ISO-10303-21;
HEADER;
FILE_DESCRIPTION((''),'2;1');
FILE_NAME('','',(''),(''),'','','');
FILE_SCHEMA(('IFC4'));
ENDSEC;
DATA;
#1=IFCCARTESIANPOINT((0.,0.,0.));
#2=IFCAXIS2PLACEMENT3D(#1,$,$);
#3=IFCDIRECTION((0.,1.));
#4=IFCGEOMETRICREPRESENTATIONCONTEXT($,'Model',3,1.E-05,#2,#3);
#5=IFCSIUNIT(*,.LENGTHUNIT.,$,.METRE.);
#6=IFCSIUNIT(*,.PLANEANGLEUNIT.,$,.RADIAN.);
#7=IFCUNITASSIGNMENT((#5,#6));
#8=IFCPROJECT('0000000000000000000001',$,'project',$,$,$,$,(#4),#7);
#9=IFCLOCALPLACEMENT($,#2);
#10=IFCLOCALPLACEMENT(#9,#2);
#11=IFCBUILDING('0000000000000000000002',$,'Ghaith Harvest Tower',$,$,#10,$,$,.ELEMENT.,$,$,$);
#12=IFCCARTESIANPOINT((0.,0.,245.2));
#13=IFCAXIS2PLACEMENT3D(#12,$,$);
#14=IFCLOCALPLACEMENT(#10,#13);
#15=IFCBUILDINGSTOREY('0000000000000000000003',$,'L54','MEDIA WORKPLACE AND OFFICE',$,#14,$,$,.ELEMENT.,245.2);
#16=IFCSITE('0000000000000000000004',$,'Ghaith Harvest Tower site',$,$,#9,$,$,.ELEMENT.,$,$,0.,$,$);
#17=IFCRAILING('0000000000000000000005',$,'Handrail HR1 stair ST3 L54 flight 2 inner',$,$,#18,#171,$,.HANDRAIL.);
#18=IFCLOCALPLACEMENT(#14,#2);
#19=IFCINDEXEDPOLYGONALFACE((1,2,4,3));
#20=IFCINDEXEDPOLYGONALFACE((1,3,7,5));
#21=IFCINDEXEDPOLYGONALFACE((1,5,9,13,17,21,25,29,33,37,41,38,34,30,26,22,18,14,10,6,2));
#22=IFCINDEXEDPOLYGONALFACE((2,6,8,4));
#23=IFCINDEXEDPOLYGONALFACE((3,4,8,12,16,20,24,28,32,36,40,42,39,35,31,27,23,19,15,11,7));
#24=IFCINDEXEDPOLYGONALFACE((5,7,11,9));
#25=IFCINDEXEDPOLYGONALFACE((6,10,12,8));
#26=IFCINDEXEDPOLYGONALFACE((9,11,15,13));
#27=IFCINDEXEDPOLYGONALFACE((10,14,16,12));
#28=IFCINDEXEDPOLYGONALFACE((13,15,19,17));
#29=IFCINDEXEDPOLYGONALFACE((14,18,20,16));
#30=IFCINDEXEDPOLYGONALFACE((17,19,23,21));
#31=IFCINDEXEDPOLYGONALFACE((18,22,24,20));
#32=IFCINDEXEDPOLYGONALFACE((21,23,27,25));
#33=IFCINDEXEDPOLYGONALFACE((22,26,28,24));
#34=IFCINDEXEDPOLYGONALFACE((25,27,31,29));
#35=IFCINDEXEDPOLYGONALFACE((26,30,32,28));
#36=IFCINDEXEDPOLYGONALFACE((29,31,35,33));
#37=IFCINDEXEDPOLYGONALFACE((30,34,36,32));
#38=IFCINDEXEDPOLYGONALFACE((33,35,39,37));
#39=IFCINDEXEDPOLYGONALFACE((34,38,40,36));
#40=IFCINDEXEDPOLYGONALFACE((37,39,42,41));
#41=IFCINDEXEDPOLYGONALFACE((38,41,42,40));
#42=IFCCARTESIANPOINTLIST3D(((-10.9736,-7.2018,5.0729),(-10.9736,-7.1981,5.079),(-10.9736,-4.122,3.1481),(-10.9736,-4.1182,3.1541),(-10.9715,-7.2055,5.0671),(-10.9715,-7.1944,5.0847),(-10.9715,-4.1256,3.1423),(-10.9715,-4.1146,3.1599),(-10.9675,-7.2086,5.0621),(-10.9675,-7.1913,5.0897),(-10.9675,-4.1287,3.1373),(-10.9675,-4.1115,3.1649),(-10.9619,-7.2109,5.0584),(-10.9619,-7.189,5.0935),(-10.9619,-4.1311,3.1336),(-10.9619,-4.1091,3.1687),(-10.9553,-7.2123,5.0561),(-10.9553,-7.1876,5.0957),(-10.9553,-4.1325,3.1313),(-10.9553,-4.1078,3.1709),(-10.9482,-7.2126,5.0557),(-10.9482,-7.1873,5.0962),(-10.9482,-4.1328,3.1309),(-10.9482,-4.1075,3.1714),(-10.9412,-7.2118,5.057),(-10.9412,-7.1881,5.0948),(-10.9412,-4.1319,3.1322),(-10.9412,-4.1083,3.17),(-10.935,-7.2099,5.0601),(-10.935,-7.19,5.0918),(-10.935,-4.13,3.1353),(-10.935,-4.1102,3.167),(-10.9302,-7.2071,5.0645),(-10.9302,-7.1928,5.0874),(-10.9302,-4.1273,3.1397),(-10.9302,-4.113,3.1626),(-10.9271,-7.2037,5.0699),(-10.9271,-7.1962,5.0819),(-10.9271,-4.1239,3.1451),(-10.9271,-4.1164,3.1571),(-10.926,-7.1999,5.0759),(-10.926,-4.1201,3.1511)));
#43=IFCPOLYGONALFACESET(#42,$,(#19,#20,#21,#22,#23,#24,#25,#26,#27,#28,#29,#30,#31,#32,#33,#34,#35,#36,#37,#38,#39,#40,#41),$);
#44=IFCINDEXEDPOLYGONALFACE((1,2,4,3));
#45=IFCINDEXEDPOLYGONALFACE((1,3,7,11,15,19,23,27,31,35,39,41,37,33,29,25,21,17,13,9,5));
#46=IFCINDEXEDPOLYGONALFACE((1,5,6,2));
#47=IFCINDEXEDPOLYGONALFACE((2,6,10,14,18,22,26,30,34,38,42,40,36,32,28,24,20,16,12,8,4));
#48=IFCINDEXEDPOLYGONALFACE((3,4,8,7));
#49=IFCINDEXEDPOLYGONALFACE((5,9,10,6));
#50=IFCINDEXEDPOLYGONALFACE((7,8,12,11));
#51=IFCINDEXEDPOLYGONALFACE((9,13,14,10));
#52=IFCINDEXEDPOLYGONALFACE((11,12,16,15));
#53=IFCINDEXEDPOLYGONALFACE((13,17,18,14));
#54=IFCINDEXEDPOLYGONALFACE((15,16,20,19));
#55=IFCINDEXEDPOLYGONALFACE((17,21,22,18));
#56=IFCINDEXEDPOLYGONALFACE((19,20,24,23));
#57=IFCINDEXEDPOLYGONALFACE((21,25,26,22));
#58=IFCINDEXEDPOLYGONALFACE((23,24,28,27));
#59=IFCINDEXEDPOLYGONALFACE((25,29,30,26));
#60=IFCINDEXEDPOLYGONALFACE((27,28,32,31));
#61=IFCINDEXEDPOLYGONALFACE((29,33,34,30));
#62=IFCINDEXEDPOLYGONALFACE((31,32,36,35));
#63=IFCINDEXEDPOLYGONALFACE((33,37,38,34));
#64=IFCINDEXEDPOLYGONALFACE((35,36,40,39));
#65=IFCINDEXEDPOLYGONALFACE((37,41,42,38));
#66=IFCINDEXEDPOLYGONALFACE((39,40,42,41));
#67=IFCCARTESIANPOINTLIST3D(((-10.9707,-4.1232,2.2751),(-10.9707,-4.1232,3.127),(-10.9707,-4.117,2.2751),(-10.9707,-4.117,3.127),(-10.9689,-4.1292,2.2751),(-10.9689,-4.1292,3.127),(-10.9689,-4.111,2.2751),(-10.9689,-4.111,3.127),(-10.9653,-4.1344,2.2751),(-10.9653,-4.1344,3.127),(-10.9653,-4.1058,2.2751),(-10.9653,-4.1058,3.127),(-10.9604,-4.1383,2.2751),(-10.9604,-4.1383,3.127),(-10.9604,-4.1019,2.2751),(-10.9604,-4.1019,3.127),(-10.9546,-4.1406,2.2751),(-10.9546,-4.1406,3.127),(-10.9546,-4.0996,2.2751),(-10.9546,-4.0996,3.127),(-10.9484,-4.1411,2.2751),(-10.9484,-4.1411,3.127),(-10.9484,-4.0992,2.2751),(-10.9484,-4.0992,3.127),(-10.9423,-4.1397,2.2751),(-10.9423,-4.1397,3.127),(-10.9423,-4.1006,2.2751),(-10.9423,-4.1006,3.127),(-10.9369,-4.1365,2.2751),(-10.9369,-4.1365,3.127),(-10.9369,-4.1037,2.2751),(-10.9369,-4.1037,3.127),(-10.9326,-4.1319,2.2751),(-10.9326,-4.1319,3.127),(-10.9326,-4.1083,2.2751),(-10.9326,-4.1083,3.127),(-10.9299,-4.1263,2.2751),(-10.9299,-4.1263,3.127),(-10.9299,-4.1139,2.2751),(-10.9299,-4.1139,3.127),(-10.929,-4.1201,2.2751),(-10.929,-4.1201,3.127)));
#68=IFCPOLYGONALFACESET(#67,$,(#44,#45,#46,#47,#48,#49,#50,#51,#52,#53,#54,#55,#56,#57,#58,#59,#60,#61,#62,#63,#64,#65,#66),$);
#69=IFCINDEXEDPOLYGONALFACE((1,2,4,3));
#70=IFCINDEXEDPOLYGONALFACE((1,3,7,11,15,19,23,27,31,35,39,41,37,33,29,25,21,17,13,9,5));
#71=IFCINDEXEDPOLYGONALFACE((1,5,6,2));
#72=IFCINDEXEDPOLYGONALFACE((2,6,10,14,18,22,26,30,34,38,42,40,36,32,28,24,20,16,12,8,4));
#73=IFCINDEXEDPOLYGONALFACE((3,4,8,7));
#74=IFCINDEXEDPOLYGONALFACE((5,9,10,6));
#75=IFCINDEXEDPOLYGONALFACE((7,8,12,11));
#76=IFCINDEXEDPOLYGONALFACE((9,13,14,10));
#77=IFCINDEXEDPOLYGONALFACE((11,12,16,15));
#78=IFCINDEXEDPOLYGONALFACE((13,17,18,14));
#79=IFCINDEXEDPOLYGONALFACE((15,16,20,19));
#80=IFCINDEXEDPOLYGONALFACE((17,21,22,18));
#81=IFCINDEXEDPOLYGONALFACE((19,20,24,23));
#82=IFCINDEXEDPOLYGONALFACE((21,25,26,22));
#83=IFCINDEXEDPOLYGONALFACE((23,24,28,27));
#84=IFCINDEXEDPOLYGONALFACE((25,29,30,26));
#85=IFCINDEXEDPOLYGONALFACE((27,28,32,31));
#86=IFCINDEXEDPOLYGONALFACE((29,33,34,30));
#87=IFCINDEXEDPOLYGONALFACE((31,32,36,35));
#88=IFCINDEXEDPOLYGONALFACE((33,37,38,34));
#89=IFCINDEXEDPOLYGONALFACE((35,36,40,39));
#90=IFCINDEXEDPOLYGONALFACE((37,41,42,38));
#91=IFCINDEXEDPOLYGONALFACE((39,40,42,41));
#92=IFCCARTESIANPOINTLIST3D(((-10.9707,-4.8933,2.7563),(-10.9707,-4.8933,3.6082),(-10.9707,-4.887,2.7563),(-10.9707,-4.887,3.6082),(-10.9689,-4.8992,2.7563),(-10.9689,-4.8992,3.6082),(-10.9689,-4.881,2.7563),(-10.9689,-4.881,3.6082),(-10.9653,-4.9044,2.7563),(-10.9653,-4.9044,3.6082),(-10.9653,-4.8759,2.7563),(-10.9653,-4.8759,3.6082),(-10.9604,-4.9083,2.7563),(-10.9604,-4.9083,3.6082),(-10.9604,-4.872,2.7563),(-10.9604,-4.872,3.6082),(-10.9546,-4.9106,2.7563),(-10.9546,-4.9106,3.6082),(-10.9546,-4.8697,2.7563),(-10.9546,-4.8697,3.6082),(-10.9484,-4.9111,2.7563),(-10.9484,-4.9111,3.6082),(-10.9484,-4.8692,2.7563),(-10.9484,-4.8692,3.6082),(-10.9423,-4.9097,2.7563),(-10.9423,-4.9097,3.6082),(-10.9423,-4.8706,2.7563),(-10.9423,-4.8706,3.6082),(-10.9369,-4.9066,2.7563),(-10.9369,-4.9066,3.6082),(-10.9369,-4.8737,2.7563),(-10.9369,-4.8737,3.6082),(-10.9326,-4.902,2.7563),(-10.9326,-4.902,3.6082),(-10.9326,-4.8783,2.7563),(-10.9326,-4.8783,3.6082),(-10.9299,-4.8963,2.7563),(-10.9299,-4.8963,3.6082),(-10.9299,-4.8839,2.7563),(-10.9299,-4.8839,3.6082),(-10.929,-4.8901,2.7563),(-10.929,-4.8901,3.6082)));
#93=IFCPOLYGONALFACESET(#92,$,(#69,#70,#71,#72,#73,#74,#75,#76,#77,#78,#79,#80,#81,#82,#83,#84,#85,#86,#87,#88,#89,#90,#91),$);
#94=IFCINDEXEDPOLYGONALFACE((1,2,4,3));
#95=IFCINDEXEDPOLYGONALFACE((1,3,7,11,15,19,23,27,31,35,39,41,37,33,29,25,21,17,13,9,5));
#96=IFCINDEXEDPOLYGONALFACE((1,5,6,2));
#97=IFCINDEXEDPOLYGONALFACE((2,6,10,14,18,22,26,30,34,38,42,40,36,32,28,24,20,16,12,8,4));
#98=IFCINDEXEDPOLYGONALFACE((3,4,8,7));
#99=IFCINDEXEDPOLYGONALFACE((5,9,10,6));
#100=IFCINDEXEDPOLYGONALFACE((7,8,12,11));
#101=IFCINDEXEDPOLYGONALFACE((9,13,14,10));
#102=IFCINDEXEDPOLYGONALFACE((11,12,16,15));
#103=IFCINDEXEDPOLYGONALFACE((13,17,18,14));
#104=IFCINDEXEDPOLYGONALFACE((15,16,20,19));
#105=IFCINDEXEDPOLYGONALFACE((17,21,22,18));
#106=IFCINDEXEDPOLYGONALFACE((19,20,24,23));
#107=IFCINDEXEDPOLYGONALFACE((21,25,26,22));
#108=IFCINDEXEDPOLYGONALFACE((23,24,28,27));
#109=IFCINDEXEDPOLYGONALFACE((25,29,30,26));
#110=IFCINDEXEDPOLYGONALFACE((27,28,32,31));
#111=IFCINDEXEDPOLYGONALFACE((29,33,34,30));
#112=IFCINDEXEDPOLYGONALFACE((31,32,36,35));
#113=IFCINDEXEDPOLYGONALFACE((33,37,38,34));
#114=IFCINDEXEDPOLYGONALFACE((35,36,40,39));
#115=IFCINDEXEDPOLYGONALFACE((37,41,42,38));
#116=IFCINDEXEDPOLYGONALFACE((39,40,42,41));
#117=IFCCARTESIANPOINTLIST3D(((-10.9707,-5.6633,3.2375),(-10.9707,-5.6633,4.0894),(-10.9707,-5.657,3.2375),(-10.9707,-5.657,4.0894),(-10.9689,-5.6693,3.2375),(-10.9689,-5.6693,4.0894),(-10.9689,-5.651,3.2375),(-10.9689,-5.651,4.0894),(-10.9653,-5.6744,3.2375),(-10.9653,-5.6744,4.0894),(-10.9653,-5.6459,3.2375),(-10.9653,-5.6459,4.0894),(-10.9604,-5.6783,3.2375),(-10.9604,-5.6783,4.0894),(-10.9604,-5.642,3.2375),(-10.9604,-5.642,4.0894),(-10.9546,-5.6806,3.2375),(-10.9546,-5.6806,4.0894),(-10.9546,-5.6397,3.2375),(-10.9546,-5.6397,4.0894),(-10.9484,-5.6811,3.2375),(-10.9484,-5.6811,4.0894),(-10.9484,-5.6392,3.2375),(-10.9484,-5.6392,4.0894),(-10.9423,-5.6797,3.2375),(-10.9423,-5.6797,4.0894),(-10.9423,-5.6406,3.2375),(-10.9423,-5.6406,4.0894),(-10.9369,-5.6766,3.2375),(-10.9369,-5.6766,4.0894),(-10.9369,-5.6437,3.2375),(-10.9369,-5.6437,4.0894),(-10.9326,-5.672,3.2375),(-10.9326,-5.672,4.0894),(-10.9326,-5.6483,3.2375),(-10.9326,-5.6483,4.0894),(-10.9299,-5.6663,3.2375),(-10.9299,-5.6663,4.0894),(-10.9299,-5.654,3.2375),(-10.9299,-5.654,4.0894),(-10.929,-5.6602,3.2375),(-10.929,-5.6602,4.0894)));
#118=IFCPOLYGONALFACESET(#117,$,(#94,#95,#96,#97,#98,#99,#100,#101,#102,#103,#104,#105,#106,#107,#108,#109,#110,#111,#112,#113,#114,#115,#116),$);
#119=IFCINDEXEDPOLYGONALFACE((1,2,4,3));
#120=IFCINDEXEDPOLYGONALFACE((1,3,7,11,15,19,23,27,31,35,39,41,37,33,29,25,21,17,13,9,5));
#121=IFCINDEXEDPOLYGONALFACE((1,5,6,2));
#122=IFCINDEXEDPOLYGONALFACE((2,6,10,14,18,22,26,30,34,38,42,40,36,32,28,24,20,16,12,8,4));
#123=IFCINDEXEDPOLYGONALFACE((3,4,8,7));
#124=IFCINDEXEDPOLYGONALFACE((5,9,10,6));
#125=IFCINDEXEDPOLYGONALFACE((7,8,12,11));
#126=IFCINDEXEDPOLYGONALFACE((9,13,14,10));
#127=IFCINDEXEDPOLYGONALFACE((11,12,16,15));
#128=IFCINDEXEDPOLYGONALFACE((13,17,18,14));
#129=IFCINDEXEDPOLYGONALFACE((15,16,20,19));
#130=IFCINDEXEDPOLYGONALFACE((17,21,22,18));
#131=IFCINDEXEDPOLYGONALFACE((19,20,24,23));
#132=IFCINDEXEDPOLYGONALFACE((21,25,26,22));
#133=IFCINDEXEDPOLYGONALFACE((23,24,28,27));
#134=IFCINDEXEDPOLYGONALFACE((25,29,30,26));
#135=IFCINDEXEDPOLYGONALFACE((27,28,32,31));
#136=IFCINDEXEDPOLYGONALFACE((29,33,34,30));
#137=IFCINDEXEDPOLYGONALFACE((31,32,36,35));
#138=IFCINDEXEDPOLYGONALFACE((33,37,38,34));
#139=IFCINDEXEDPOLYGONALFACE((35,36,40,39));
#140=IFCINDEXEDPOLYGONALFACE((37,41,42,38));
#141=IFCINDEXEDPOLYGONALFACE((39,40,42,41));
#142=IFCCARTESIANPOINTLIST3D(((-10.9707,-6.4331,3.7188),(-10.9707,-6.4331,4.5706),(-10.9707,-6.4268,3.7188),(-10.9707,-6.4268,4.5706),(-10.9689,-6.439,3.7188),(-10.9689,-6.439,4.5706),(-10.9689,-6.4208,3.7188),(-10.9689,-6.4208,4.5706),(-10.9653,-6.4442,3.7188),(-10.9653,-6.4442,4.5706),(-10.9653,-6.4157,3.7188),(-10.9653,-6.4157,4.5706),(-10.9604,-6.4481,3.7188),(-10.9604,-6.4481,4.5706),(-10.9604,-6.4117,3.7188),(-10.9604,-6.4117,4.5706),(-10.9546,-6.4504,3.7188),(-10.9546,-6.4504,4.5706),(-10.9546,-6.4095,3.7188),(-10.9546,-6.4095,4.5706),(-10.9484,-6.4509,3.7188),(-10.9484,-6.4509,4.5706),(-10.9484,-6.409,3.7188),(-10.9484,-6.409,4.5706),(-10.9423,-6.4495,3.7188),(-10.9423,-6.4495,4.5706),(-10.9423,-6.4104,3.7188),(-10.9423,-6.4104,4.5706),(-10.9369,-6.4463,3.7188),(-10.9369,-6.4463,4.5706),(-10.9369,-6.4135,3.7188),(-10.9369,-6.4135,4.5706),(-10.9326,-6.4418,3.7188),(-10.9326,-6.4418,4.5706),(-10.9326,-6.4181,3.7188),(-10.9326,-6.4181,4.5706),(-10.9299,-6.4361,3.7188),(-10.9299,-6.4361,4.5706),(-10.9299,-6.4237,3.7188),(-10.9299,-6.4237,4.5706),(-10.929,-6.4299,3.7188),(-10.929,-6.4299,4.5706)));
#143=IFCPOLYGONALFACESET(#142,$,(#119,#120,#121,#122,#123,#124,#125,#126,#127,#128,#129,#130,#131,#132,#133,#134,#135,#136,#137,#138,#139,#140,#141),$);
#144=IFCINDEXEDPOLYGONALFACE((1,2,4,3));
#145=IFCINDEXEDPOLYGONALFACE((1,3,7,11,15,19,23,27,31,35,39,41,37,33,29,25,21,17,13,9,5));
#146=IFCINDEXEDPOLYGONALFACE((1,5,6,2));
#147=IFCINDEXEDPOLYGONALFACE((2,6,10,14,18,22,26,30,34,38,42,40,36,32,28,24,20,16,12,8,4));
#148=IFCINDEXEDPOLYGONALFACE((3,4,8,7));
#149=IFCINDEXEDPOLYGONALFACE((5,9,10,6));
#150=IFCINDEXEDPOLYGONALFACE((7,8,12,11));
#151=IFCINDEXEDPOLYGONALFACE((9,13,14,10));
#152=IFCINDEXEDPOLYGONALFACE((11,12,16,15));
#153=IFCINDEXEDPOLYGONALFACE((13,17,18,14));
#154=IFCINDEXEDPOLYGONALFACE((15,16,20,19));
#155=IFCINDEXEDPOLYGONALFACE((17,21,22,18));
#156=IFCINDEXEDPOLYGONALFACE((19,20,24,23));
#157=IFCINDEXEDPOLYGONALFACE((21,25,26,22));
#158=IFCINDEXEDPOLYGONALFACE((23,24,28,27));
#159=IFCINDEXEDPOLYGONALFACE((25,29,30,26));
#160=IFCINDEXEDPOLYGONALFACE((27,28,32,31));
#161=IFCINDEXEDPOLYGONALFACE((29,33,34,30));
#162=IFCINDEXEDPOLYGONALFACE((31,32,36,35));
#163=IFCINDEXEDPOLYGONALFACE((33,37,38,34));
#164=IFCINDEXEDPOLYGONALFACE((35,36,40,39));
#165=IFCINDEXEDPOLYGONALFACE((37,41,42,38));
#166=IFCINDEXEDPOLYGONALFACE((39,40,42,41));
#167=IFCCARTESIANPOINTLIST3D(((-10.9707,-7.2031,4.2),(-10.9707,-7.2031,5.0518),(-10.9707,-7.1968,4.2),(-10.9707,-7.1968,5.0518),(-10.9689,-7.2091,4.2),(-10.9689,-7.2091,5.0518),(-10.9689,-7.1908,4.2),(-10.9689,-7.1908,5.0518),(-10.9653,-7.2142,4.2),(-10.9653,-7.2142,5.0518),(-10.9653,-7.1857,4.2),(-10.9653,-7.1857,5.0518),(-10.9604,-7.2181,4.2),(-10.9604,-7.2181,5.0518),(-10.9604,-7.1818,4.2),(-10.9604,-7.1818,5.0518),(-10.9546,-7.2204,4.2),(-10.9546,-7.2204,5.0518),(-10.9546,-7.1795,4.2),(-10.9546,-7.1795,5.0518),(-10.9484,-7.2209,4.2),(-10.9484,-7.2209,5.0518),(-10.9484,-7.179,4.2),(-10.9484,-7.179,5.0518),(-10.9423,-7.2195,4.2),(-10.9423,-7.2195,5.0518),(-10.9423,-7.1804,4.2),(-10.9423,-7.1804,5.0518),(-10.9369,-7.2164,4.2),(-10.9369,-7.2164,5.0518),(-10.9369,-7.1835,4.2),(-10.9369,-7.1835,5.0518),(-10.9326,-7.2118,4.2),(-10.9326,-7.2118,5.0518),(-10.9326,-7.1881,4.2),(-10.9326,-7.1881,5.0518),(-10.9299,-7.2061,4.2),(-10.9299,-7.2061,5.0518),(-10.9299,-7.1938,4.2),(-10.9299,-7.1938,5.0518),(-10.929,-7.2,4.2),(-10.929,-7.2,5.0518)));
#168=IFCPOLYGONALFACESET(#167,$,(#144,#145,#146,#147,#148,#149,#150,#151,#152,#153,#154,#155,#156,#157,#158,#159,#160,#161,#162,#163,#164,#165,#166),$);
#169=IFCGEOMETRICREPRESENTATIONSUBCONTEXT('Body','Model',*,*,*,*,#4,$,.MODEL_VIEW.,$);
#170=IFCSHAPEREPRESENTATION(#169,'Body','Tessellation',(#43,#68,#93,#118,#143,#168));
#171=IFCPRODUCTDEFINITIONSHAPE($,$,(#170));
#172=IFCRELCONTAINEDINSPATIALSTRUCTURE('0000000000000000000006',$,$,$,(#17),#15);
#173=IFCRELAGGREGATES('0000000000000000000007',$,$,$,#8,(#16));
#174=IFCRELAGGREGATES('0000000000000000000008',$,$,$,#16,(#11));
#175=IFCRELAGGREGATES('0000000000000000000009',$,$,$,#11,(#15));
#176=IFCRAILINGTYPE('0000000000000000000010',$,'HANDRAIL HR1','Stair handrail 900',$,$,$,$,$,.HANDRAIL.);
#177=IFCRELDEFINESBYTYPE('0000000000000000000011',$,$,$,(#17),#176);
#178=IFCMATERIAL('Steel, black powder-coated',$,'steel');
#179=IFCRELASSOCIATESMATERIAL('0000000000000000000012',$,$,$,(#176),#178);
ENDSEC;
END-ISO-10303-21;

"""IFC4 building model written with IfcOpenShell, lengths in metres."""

from ifc_helpers import new_model, si_unit, direction, frame, origin, origin_2d, place, context, subcontext, project, spatial, circle, extrude, material, type_object, element, save


model = new_model("IFC4")

# Units and contexts
model_context = context("Model", 3, precision=1e-05, world=origin(), true_north=direction((0.0, 1.0)))
body_context = subcontext(model_context, "Body", "Model", "MODEL_VIEW")
ifc_project = project(units=[si_unit("LENGTHUNIT", "METRE"), si_unit("PLANEANGLEUNIT", "RADIAN")], contexts=[model_context])

# Site, building, storey
site_placement = place(None, origin())
site = spatial("IfcSite", under=ifc_project, at=site_placement, Name="Ghaith Harvest Tower site", CompositionType="ELEMENT", RefElevation=0.0)
building_placement = place(site_placement, origin())
building = spatial("IfcBuilding", under=site, at=building_placement, Name="Ghaith Harvest Tower", CompositionType="ELEMENT")
storey_placement = place(building_placement, frame((0.0, 0.0, 245.2)))
storey = spatial("IfcBuildingStorey", under=building, at=storey_placement, Name="L54", Description="MEDIA WORKPLACE AND OFFICE", CompositionType="ELEMENT", Elevation=245.2)

# Railing
ifc_material_1 = material(Name="Steel, black powder-coated", Category="steel")
railing_type = type_object("IfcRailingType", Name="HANDRAIL HR1", Description="Stair handrail 900", PredefinedType="HANDRAIL", material=ifc_material_1)
railing_1_placement = place(storey_placement, frame((-10.95, -4.1201, 2.2751)))
element("IfcRailing", 1, at=railing_1_placement, inside=storey, type_object=railing_type, Name="Handrail HR1 stair ST3 L54 flight 2 inner", PredefinedType="HANDRAIL", context=body_context, shape_type="SweptSolid", body=[
    extrude(circle(Radius=0.0239, at=origin_2d()), frame((0.0, 0.0, 0.876), z_axis=(0.0, -0.84801, 0.529981), x_axis=(1.0, 0.0, 0.0)), (0.0, 0.0, 1.0), 3.6318),
    extrude(circle(Radius=0.021, at=origin_2d()), origin(), (0.0, 0.0, 1.0), 0.8518),
    extrude(circle(Radius=0.021, at=origin_2d()), frame((0.0, -0.77, 0.4812)), (0.0, 0.0, 1.0), 0.8518),
    extrude(circle(Radius=0.021, at=origin_2d()), frame((0.0, -1.54, 0.9624)), (0.0, 0.0, 1.0), 0.8518),
    extrude(circle(Radius=0.021, at=origin_2d()), frame((0.0, -2.3098, 1.4436)), (0.0, 0.0, 1.0), 0.8518),
    extrude(circle(Radius=0.021, at=origin_2d()), frame((0.0, -3.0798, 1.9248)), (0.0, 0.0, 1.0), 0.8518),
])

save(model, "model.ifc")
